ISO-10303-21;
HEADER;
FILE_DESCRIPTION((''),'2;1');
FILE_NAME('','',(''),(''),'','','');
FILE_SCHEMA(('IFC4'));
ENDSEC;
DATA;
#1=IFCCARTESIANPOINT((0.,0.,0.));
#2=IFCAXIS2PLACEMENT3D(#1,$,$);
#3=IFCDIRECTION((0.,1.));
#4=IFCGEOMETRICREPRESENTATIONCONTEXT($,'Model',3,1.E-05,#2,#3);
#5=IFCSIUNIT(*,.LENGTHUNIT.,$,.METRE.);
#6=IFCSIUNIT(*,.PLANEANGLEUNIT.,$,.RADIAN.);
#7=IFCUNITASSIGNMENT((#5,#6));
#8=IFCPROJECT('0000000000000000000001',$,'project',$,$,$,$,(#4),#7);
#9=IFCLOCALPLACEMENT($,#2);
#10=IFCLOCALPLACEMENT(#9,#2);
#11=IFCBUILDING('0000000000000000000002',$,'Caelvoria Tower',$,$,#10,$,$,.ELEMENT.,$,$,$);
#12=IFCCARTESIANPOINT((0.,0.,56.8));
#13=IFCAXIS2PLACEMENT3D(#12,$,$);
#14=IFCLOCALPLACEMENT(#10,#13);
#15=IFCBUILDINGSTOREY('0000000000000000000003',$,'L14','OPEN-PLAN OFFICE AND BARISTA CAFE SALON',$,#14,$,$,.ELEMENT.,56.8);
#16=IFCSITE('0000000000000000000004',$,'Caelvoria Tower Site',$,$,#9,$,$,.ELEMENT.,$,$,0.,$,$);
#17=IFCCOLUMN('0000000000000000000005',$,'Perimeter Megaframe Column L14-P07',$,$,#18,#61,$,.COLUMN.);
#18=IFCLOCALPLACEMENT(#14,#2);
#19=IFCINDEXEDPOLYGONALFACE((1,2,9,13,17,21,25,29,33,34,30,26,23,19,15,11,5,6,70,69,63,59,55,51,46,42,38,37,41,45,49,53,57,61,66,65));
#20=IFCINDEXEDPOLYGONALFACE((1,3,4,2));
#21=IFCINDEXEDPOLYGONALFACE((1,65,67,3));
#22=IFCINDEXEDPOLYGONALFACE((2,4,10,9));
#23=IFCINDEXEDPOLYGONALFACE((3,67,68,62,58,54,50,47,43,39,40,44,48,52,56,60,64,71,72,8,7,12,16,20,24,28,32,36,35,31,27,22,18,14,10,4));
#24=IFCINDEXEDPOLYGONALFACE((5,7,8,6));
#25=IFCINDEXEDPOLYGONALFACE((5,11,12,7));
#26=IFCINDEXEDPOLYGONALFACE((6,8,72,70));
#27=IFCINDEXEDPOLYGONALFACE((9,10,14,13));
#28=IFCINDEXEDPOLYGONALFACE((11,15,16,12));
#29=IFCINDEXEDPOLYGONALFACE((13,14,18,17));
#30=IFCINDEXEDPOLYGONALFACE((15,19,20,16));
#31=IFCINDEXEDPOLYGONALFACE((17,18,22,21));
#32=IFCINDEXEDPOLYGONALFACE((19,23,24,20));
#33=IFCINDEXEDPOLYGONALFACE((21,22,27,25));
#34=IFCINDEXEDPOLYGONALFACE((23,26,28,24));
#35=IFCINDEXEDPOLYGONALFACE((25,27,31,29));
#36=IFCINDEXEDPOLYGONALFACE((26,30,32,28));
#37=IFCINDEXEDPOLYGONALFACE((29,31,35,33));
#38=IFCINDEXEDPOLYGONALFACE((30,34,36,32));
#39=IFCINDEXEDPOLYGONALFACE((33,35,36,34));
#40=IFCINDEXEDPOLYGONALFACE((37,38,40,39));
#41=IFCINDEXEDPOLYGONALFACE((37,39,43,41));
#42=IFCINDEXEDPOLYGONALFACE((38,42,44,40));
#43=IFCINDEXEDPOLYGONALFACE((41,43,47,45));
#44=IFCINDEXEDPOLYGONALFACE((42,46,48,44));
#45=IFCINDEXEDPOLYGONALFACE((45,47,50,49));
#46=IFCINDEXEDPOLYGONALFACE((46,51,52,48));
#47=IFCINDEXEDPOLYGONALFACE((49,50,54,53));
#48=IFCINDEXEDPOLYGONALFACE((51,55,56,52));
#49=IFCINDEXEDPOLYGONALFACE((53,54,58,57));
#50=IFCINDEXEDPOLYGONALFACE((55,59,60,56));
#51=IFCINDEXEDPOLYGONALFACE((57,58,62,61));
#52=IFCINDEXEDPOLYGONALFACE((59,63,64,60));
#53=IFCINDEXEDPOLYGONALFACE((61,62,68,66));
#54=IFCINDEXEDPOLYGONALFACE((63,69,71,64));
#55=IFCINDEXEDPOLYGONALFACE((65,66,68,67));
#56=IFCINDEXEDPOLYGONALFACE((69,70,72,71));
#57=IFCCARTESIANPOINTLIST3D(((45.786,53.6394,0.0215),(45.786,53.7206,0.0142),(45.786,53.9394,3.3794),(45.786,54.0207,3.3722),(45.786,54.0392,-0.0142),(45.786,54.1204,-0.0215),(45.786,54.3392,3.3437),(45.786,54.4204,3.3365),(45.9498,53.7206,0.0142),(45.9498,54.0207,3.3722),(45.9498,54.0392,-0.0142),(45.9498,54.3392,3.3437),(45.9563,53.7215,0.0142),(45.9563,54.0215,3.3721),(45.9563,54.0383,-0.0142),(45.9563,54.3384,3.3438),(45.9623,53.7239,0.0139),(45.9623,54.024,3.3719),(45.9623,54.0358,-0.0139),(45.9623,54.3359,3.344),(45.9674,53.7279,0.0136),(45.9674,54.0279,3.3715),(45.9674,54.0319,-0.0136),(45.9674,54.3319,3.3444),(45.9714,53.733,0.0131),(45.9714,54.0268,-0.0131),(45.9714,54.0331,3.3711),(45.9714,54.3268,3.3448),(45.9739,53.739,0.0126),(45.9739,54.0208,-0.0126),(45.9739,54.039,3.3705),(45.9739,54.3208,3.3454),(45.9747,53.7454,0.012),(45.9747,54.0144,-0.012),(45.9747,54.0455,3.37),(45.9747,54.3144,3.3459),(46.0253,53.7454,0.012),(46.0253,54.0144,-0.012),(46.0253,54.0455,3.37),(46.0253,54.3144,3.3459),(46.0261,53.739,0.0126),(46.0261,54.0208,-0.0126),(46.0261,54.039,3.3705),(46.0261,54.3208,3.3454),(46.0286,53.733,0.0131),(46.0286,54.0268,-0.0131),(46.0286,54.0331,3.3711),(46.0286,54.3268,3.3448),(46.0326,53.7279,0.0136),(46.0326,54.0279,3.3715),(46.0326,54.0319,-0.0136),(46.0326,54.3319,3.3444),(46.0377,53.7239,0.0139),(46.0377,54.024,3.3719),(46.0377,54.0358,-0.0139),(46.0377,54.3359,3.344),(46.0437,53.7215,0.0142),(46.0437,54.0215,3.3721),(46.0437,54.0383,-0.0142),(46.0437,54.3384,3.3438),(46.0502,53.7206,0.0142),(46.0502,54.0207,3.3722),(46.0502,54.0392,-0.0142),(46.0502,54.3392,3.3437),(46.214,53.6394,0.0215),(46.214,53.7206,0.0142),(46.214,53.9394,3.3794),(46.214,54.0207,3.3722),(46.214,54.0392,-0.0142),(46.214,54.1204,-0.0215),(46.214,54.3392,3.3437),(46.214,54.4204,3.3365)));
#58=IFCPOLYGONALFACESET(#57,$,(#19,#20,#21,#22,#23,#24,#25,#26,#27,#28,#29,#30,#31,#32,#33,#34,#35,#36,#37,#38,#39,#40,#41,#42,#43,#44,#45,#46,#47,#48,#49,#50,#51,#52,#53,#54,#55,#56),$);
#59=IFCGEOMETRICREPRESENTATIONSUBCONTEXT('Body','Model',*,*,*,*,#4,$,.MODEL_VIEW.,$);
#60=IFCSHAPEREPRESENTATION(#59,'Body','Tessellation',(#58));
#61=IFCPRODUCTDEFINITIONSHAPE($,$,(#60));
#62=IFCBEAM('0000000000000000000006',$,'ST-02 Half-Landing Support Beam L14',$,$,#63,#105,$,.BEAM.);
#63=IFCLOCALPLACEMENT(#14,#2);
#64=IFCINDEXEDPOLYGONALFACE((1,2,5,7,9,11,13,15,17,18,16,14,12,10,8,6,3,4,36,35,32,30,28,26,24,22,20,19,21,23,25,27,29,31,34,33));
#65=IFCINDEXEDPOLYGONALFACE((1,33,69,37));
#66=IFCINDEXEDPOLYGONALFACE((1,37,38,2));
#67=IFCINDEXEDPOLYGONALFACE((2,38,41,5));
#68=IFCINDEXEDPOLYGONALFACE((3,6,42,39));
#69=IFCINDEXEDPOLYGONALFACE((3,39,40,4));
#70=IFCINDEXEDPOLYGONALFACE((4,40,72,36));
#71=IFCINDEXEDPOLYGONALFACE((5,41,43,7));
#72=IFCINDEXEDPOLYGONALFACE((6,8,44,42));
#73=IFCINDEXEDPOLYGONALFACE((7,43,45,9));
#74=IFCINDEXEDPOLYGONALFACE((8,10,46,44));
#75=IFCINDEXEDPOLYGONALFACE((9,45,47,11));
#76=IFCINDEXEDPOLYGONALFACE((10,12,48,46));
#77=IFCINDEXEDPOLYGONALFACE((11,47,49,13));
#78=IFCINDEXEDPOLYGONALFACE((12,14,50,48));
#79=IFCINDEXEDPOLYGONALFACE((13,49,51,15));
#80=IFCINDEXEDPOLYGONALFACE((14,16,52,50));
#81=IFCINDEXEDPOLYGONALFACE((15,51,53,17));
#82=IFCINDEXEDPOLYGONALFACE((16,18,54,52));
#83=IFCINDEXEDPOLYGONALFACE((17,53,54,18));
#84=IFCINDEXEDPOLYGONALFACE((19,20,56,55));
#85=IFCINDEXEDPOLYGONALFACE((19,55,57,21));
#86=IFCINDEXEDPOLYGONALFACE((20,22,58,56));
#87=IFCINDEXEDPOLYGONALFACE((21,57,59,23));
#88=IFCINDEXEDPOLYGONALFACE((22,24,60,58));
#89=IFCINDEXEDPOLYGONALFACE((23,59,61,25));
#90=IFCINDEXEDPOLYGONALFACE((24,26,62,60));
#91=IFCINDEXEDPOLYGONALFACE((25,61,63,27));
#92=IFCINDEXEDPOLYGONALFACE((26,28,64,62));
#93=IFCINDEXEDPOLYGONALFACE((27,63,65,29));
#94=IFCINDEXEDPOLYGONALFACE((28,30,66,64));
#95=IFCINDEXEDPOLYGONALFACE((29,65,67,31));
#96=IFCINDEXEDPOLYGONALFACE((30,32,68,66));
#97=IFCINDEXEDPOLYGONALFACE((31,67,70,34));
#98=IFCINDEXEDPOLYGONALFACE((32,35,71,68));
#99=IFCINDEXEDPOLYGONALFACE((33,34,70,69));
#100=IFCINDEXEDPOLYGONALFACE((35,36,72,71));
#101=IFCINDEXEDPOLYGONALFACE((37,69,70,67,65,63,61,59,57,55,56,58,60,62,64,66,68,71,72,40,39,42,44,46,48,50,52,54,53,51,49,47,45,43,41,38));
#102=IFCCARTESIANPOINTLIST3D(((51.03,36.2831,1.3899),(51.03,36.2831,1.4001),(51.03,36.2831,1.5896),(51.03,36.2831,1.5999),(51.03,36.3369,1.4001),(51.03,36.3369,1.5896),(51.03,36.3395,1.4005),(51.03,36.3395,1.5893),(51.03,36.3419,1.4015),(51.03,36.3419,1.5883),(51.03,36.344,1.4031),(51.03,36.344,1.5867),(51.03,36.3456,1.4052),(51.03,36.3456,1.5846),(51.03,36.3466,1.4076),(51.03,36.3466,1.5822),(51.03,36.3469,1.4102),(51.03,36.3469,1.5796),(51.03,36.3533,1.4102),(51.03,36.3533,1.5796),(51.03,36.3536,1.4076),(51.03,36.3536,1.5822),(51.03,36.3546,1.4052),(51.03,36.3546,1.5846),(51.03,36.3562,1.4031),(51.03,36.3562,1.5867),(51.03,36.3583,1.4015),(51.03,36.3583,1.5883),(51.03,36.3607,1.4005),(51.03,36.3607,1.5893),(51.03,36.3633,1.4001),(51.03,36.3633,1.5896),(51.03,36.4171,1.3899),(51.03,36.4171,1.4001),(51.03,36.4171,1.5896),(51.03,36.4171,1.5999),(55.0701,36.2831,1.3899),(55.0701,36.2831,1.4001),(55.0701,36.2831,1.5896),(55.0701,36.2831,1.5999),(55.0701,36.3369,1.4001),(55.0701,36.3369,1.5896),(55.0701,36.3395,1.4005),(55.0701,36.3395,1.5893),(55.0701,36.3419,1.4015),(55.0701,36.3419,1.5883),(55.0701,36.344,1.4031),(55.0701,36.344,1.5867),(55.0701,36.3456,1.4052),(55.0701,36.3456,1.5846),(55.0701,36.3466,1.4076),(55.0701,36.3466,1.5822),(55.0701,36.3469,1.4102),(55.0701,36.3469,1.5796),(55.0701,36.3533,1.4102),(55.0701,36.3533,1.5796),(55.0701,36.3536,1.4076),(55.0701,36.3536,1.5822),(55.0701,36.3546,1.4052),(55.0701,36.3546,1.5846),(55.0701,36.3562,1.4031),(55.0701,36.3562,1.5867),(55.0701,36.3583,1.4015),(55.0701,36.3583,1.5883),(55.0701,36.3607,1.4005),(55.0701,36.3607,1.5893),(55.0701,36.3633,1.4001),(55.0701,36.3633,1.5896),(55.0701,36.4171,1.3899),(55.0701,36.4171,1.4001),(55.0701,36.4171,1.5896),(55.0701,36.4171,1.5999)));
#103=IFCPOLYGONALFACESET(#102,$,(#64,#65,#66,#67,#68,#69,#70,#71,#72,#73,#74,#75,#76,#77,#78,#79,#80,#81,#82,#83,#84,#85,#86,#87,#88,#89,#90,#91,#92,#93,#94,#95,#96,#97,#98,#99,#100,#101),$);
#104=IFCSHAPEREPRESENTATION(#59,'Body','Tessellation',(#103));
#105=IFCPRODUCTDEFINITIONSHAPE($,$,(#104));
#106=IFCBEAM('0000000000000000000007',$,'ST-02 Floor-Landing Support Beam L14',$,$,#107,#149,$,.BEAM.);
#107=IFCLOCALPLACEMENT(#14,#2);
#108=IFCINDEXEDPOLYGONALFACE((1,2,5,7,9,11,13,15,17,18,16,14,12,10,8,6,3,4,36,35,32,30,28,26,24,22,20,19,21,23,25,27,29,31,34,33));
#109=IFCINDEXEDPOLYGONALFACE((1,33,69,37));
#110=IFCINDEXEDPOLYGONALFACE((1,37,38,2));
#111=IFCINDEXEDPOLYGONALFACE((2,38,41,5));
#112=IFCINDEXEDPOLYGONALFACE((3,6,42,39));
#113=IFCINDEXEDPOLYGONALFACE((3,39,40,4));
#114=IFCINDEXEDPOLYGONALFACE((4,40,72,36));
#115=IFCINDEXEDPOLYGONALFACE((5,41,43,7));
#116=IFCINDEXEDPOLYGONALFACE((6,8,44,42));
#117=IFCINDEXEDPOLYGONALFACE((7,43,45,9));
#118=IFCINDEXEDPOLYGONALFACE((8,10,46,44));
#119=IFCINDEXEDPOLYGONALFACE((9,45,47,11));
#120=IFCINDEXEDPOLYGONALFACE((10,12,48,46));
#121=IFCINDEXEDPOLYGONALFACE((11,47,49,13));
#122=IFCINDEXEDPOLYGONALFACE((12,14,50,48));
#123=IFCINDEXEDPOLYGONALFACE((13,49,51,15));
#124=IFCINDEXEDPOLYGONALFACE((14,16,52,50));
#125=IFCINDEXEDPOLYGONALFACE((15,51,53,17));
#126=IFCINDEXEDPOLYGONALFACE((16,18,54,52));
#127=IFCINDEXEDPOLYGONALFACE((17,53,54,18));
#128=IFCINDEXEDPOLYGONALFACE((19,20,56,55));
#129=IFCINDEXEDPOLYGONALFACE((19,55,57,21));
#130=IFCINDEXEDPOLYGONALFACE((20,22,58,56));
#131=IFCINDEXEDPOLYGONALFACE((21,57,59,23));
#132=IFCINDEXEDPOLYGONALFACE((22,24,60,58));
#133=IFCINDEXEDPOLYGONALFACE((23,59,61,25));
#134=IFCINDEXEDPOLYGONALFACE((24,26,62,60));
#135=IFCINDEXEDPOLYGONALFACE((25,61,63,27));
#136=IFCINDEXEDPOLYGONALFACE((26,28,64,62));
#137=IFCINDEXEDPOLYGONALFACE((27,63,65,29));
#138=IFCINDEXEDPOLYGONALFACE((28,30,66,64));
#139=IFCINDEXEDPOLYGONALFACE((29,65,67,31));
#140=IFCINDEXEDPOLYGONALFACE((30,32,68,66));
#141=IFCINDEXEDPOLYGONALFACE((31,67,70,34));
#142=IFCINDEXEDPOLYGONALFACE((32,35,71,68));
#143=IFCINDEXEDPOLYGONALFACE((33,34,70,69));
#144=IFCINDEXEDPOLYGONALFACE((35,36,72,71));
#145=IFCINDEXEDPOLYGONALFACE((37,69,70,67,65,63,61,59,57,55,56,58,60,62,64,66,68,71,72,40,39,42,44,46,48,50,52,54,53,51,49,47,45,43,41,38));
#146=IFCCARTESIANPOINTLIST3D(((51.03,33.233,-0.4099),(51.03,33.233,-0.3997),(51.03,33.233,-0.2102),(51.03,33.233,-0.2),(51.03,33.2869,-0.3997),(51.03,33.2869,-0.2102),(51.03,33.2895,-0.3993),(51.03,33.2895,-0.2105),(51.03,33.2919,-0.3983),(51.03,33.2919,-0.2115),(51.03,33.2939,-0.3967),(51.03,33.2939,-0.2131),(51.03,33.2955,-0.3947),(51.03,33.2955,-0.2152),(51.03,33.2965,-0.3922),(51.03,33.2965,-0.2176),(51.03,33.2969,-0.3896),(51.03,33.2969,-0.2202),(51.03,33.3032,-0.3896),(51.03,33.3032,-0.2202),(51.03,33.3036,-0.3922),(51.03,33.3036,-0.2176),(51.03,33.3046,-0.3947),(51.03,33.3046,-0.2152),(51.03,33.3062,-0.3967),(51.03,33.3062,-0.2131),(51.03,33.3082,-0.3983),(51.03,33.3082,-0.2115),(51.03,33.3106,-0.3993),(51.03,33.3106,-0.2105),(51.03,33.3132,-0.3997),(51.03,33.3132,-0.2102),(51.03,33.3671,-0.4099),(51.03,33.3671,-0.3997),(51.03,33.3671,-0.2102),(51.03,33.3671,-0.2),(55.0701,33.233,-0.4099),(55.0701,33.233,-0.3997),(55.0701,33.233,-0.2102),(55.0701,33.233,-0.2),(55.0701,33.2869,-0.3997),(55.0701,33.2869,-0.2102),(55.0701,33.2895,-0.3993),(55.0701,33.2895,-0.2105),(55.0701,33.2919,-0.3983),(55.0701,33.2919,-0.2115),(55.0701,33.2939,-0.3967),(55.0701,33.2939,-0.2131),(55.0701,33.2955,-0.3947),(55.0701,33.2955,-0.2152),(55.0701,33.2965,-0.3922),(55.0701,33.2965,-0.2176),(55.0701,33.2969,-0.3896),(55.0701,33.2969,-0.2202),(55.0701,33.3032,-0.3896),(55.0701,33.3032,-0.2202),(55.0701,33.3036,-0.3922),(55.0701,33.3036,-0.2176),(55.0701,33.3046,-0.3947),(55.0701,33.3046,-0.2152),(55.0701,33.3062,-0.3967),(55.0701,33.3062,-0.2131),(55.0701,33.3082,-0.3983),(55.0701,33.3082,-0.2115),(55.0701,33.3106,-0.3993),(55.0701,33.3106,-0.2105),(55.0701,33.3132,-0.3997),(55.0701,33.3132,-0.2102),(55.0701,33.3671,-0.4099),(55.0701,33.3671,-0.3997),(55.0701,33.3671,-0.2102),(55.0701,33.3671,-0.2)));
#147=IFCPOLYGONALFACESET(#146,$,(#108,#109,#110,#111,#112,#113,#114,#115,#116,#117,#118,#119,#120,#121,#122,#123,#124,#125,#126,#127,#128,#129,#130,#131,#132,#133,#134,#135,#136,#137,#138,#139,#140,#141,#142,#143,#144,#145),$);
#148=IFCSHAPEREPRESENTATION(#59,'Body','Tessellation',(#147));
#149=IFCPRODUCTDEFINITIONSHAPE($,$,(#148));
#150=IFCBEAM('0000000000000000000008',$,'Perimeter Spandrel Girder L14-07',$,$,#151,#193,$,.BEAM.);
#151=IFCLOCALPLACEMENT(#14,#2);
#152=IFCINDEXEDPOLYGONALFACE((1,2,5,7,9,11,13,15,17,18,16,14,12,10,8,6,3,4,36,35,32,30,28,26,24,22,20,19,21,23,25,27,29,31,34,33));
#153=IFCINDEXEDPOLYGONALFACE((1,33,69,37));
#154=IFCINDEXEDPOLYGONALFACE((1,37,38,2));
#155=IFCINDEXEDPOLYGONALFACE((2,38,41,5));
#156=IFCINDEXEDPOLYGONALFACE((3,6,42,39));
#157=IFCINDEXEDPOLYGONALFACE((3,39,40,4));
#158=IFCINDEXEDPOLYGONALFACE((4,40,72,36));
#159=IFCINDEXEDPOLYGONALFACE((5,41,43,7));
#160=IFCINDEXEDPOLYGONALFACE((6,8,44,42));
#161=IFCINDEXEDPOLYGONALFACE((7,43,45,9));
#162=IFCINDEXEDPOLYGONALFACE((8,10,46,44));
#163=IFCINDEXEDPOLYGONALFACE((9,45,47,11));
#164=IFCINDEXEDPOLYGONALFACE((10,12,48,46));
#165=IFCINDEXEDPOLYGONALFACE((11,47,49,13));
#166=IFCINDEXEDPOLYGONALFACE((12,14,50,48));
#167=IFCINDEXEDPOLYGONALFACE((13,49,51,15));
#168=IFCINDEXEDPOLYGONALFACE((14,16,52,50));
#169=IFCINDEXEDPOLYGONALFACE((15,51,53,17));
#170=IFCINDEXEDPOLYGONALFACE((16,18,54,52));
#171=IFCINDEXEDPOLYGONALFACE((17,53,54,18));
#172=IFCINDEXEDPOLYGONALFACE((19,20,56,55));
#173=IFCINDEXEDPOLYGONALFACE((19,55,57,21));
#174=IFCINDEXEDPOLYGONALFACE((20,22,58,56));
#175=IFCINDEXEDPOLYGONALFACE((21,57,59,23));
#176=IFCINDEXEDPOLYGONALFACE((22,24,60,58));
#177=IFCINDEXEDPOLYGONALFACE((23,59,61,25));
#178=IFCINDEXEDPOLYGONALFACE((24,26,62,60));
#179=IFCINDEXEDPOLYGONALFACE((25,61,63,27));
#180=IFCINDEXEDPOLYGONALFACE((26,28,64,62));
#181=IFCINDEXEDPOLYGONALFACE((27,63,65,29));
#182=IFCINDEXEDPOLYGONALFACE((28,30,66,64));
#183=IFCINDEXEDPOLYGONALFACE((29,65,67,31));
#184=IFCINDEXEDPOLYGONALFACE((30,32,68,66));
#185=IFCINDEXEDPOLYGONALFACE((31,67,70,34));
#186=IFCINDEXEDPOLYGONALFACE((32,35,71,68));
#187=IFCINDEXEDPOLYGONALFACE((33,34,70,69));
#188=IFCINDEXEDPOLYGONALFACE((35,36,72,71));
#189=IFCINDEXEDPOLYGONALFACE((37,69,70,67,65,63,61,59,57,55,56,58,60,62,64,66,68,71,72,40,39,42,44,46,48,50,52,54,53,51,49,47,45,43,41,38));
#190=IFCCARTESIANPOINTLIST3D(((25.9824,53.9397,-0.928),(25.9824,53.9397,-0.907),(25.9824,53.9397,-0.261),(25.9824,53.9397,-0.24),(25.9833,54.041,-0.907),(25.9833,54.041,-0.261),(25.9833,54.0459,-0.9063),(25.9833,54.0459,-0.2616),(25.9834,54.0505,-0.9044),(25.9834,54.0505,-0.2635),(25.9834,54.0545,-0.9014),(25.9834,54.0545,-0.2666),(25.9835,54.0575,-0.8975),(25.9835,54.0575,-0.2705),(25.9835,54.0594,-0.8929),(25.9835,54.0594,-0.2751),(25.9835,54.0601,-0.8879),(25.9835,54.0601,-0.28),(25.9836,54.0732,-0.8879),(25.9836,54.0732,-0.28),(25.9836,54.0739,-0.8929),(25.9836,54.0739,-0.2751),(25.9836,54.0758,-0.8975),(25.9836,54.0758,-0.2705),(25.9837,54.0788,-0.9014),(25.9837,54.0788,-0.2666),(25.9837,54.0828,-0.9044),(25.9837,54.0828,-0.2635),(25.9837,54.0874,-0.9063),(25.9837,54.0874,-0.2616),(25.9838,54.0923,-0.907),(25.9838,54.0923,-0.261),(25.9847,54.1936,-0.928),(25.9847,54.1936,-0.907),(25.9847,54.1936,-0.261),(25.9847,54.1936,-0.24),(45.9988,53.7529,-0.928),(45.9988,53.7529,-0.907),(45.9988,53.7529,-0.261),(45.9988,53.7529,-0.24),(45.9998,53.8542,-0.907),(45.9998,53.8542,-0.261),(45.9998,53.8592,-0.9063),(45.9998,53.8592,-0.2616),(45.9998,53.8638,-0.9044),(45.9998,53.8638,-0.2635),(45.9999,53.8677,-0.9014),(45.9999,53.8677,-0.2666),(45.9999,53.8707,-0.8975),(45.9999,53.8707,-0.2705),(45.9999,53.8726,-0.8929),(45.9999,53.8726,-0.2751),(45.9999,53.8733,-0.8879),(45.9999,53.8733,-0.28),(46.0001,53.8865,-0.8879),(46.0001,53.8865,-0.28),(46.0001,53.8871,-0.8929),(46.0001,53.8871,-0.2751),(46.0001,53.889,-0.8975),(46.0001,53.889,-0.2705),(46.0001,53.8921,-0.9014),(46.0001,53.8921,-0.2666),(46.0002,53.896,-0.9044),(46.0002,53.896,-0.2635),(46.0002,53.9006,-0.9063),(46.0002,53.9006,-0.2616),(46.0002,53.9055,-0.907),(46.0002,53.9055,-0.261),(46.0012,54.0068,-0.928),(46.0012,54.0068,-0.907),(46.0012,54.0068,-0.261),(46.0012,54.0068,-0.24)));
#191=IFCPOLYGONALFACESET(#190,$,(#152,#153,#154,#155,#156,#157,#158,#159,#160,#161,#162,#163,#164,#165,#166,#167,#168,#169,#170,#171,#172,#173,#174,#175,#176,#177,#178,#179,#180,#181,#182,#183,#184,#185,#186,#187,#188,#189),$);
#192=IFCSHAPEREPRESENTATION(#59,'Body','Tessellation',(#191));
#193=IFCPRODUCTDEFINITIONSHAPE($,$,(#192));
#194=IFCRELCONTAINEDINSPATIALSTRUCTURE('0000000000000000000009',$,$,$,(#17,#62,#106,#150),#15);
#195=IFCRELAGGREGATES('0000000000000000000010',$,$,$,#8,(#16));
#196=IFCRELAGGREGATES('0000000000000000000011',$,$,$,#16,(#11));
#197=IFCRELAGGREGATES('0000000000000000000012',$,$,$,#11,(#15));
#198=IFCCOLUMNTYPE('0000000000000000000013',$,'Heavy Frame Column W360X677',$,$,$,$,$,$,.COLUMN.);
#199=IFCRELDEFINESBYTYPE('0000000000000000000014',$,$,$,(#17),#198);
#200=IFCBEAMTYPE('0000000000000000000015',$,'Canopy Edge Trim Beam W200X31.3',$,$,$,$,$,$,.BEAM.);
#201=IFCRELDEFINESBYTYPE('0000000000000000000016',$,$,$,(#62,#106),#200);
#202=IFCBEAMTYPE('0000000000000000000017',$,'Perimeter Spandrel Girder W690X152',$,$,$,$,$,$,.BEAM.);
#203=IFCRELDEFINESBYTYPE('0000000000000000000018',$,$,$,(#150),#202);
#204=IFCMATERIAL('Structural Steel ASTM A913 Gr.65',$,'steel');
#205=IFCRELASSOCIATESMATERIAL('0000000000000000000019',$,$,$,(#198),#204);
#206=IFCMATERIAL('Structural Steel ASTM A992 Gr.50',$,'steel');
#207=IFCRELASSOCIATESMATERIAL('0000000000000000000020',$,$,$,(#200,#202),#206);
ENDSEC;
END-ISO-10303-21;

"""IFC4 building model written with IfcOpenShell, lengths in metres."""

from ifc_helpers import new_model, si_unit, direction, frame, origin, origin_2d, place, context, subcontext, project, spatial, i_section, extrude, material, material_profile, profile_set, type_object, element, save


model = new_model("IFC4")

# Units and contexts
model_context = context("Model", 3, precision=1e-05, world=origin(), true_north=direction((0.0, 1.0)))
body_context = subcontext(model_context, "Body", "Model", "MODEL_VIEW")
ifc_project = project(units=[si_unit("LENGTHUNIT", "METRE"), si_unit("PLANEANGLEUNIT", "RADIAN")], contexts=[model_context])

# Site, building, storey
site_placement = place(None, origin())
site = spatial("IfcSite", under=ifc_project, at=site_placement, Name="Caelvoria Tower Site", CompositionType="ELEMENT", RefElevation=0.0)
building_placement = place(site_placement, origin())
building = spatial("IfcBuilding", under=site, at=building_placement, Name="Caelvoria Tower", CompositionType="ELEMENT")
storey_placement = place(building_placement, frame((0.0, 0.0, 56.8)))
storey = spatial("IfcBuildingStorey", under=building, at=storey_placement, Name="L14", Description="OPEN-PLAN OFFICE AND BARISTA CAFE SALON", CompositionType="ELEMENT", Elevation=56.8)

# Column
ifc_material_1 = material(Name="Structural Steel ASTM A913 Gr.65", Category="steel")
ifc_material_profile_1 = material_profile(ifc_material_1, i_section(OverallWidth=0.428, OverallDepth=0.4829, WebThickness=0.0505, FlangeThickness=0.0815, FilletRadius=0.0249, at=origin_2d()), Name="Structural Steel ASTM A913 Gr.65")
ifc_profile_set_1 = profile_set([ifc_material_profile_1], Name="W360X677 - Structural Steel ASTM A913 Gr.65")
column_type = type_object("IfcColumnType", Name="Heavy Frame Column W360X677", PredefinedType="COLUMN", material=ifc_profile_set_1)
column_placement = place(storey_placement, frame((46.0, 53.8799, 0.0), z_axis=(0.0, 0.089001, 0.996032), x_axis=(-1.0, 0.0, 0.0)))
element("IfcColumn", 1, at=column_placement, inside=storey, type_object=column_type, Name="Perimeter Megaframe Column L14-P07", PredefinedType="COLUMN", context=body_context, shape_type="SweptSolid", body=[
    extrude(i_section(OverallWidth=0.428, OverallDepth=0.4829, WebThickness=0.0505, FlangeThickness=0.0815, FilletRadius=0.0249, at=origin_2d()), origin(), (0.0, 0.0, 1.0), 3.3713),
])

# Beams
ifc_material_2 = material(Name="Structural Steel ASTM A992 Gr.50", Category="steel")
ifc_material_profile_2 = material_profile(ifc_material_2, i_section(OverallWidth=0.134, OverallDepth=0.21, WebThickness=0.0063, FlangeThickness=0.0103, FilletRadius=0.01, at=origin_2d()), Name="Structural Steel ASTM A992 Gr.50")
ifc_profile_set_2 = profile_set([ifc_material_profile_2], Name="W200X31.3 - Structural Steel ASTM A992 Gr.50")
beam_type_1 = type_object("IfcBeamType", Name="Canopy Edge Trim Beam W200X31.3", PredefinedType="BEAM", material=ifc_profile_set_2)
for number, where, z_axis, x_axis, name in (
    (2, (51.03, 36.3501, 1.4949), (1.0, 0.0, 0.0), (0.0, 1.0, 0.0), "ST-02 Half-Landing Support Beam L14"),
    (3, (51.03, 33.3, -0.3049), (1.0, 0.0, 0.0), (0.0, 1.0, 0.0), "ST-02 Floor-Landing Support Beam L14"),
):
    element("IfcBeam", number, at=place(storey_placement, frame(where, z_axis=z_axis, x_axis=x_axis)), inside=storey, type_object=beam_type_1, Name=name, PredefinedType="BEAM", context=body_context, shape_type="SweptSolid", body=[
        extrude(i_section(OverallWidth=0.134, OverallDepth=0.21, WebThickness=0.0063, FlangeThickness=0.0103, FilletRadius=0.01, at=origin_2d()), origin(), (0.0, 0.0, 1.0), 4.04),
    ])
ifc_material_profile_3 = material_profile(ifc_material_2, i_section(OverallWidth=0.2539, OverallDepth=0.688, WebThickness=0.0132, FlangeThickness=0.021, FilletRadius=0.019, at=origin_2d()), Name="Structural Steel ASTM A992 Gr.50")
ifc_profile_set_3 = profile_set([ifc_material_profile_3], Name="W690X152 - Structural Steel ASTM A992 Gr.50")
beam_type_2 = type_object("IfcBeamType", Name="Perimeter Spandrel Girder W690X152", PredefinedType="BEAM", material=ifc_profile_set_3)
beam_1_placement = place(storey_placement, frame((46.0, 53.8799, -0.584), z_axis=(-0.999956, 0.00933, 0.0), x_axis=(-0.00933, -0.999956, 0.0)))
element("IfcBeam", 4, at=beam_1_placement, inside=storey, type_object=beam_type_2, Name="Perimeter Spandrel Girder L14-07", PredefinedType="BEAM", context=body_context, shape_type="SweptSolid", body=[
    extrude(i_section(OverallWidth=0.2539, OverallDepth=0.688, WebThickness=0.0132, FlangeThickness=0.021, FilletRadius=0.019, at=origin_2d()), origin(), (0.0, 0.0, 1.0), 20.0173),
])

save(model, "model.ifc")
